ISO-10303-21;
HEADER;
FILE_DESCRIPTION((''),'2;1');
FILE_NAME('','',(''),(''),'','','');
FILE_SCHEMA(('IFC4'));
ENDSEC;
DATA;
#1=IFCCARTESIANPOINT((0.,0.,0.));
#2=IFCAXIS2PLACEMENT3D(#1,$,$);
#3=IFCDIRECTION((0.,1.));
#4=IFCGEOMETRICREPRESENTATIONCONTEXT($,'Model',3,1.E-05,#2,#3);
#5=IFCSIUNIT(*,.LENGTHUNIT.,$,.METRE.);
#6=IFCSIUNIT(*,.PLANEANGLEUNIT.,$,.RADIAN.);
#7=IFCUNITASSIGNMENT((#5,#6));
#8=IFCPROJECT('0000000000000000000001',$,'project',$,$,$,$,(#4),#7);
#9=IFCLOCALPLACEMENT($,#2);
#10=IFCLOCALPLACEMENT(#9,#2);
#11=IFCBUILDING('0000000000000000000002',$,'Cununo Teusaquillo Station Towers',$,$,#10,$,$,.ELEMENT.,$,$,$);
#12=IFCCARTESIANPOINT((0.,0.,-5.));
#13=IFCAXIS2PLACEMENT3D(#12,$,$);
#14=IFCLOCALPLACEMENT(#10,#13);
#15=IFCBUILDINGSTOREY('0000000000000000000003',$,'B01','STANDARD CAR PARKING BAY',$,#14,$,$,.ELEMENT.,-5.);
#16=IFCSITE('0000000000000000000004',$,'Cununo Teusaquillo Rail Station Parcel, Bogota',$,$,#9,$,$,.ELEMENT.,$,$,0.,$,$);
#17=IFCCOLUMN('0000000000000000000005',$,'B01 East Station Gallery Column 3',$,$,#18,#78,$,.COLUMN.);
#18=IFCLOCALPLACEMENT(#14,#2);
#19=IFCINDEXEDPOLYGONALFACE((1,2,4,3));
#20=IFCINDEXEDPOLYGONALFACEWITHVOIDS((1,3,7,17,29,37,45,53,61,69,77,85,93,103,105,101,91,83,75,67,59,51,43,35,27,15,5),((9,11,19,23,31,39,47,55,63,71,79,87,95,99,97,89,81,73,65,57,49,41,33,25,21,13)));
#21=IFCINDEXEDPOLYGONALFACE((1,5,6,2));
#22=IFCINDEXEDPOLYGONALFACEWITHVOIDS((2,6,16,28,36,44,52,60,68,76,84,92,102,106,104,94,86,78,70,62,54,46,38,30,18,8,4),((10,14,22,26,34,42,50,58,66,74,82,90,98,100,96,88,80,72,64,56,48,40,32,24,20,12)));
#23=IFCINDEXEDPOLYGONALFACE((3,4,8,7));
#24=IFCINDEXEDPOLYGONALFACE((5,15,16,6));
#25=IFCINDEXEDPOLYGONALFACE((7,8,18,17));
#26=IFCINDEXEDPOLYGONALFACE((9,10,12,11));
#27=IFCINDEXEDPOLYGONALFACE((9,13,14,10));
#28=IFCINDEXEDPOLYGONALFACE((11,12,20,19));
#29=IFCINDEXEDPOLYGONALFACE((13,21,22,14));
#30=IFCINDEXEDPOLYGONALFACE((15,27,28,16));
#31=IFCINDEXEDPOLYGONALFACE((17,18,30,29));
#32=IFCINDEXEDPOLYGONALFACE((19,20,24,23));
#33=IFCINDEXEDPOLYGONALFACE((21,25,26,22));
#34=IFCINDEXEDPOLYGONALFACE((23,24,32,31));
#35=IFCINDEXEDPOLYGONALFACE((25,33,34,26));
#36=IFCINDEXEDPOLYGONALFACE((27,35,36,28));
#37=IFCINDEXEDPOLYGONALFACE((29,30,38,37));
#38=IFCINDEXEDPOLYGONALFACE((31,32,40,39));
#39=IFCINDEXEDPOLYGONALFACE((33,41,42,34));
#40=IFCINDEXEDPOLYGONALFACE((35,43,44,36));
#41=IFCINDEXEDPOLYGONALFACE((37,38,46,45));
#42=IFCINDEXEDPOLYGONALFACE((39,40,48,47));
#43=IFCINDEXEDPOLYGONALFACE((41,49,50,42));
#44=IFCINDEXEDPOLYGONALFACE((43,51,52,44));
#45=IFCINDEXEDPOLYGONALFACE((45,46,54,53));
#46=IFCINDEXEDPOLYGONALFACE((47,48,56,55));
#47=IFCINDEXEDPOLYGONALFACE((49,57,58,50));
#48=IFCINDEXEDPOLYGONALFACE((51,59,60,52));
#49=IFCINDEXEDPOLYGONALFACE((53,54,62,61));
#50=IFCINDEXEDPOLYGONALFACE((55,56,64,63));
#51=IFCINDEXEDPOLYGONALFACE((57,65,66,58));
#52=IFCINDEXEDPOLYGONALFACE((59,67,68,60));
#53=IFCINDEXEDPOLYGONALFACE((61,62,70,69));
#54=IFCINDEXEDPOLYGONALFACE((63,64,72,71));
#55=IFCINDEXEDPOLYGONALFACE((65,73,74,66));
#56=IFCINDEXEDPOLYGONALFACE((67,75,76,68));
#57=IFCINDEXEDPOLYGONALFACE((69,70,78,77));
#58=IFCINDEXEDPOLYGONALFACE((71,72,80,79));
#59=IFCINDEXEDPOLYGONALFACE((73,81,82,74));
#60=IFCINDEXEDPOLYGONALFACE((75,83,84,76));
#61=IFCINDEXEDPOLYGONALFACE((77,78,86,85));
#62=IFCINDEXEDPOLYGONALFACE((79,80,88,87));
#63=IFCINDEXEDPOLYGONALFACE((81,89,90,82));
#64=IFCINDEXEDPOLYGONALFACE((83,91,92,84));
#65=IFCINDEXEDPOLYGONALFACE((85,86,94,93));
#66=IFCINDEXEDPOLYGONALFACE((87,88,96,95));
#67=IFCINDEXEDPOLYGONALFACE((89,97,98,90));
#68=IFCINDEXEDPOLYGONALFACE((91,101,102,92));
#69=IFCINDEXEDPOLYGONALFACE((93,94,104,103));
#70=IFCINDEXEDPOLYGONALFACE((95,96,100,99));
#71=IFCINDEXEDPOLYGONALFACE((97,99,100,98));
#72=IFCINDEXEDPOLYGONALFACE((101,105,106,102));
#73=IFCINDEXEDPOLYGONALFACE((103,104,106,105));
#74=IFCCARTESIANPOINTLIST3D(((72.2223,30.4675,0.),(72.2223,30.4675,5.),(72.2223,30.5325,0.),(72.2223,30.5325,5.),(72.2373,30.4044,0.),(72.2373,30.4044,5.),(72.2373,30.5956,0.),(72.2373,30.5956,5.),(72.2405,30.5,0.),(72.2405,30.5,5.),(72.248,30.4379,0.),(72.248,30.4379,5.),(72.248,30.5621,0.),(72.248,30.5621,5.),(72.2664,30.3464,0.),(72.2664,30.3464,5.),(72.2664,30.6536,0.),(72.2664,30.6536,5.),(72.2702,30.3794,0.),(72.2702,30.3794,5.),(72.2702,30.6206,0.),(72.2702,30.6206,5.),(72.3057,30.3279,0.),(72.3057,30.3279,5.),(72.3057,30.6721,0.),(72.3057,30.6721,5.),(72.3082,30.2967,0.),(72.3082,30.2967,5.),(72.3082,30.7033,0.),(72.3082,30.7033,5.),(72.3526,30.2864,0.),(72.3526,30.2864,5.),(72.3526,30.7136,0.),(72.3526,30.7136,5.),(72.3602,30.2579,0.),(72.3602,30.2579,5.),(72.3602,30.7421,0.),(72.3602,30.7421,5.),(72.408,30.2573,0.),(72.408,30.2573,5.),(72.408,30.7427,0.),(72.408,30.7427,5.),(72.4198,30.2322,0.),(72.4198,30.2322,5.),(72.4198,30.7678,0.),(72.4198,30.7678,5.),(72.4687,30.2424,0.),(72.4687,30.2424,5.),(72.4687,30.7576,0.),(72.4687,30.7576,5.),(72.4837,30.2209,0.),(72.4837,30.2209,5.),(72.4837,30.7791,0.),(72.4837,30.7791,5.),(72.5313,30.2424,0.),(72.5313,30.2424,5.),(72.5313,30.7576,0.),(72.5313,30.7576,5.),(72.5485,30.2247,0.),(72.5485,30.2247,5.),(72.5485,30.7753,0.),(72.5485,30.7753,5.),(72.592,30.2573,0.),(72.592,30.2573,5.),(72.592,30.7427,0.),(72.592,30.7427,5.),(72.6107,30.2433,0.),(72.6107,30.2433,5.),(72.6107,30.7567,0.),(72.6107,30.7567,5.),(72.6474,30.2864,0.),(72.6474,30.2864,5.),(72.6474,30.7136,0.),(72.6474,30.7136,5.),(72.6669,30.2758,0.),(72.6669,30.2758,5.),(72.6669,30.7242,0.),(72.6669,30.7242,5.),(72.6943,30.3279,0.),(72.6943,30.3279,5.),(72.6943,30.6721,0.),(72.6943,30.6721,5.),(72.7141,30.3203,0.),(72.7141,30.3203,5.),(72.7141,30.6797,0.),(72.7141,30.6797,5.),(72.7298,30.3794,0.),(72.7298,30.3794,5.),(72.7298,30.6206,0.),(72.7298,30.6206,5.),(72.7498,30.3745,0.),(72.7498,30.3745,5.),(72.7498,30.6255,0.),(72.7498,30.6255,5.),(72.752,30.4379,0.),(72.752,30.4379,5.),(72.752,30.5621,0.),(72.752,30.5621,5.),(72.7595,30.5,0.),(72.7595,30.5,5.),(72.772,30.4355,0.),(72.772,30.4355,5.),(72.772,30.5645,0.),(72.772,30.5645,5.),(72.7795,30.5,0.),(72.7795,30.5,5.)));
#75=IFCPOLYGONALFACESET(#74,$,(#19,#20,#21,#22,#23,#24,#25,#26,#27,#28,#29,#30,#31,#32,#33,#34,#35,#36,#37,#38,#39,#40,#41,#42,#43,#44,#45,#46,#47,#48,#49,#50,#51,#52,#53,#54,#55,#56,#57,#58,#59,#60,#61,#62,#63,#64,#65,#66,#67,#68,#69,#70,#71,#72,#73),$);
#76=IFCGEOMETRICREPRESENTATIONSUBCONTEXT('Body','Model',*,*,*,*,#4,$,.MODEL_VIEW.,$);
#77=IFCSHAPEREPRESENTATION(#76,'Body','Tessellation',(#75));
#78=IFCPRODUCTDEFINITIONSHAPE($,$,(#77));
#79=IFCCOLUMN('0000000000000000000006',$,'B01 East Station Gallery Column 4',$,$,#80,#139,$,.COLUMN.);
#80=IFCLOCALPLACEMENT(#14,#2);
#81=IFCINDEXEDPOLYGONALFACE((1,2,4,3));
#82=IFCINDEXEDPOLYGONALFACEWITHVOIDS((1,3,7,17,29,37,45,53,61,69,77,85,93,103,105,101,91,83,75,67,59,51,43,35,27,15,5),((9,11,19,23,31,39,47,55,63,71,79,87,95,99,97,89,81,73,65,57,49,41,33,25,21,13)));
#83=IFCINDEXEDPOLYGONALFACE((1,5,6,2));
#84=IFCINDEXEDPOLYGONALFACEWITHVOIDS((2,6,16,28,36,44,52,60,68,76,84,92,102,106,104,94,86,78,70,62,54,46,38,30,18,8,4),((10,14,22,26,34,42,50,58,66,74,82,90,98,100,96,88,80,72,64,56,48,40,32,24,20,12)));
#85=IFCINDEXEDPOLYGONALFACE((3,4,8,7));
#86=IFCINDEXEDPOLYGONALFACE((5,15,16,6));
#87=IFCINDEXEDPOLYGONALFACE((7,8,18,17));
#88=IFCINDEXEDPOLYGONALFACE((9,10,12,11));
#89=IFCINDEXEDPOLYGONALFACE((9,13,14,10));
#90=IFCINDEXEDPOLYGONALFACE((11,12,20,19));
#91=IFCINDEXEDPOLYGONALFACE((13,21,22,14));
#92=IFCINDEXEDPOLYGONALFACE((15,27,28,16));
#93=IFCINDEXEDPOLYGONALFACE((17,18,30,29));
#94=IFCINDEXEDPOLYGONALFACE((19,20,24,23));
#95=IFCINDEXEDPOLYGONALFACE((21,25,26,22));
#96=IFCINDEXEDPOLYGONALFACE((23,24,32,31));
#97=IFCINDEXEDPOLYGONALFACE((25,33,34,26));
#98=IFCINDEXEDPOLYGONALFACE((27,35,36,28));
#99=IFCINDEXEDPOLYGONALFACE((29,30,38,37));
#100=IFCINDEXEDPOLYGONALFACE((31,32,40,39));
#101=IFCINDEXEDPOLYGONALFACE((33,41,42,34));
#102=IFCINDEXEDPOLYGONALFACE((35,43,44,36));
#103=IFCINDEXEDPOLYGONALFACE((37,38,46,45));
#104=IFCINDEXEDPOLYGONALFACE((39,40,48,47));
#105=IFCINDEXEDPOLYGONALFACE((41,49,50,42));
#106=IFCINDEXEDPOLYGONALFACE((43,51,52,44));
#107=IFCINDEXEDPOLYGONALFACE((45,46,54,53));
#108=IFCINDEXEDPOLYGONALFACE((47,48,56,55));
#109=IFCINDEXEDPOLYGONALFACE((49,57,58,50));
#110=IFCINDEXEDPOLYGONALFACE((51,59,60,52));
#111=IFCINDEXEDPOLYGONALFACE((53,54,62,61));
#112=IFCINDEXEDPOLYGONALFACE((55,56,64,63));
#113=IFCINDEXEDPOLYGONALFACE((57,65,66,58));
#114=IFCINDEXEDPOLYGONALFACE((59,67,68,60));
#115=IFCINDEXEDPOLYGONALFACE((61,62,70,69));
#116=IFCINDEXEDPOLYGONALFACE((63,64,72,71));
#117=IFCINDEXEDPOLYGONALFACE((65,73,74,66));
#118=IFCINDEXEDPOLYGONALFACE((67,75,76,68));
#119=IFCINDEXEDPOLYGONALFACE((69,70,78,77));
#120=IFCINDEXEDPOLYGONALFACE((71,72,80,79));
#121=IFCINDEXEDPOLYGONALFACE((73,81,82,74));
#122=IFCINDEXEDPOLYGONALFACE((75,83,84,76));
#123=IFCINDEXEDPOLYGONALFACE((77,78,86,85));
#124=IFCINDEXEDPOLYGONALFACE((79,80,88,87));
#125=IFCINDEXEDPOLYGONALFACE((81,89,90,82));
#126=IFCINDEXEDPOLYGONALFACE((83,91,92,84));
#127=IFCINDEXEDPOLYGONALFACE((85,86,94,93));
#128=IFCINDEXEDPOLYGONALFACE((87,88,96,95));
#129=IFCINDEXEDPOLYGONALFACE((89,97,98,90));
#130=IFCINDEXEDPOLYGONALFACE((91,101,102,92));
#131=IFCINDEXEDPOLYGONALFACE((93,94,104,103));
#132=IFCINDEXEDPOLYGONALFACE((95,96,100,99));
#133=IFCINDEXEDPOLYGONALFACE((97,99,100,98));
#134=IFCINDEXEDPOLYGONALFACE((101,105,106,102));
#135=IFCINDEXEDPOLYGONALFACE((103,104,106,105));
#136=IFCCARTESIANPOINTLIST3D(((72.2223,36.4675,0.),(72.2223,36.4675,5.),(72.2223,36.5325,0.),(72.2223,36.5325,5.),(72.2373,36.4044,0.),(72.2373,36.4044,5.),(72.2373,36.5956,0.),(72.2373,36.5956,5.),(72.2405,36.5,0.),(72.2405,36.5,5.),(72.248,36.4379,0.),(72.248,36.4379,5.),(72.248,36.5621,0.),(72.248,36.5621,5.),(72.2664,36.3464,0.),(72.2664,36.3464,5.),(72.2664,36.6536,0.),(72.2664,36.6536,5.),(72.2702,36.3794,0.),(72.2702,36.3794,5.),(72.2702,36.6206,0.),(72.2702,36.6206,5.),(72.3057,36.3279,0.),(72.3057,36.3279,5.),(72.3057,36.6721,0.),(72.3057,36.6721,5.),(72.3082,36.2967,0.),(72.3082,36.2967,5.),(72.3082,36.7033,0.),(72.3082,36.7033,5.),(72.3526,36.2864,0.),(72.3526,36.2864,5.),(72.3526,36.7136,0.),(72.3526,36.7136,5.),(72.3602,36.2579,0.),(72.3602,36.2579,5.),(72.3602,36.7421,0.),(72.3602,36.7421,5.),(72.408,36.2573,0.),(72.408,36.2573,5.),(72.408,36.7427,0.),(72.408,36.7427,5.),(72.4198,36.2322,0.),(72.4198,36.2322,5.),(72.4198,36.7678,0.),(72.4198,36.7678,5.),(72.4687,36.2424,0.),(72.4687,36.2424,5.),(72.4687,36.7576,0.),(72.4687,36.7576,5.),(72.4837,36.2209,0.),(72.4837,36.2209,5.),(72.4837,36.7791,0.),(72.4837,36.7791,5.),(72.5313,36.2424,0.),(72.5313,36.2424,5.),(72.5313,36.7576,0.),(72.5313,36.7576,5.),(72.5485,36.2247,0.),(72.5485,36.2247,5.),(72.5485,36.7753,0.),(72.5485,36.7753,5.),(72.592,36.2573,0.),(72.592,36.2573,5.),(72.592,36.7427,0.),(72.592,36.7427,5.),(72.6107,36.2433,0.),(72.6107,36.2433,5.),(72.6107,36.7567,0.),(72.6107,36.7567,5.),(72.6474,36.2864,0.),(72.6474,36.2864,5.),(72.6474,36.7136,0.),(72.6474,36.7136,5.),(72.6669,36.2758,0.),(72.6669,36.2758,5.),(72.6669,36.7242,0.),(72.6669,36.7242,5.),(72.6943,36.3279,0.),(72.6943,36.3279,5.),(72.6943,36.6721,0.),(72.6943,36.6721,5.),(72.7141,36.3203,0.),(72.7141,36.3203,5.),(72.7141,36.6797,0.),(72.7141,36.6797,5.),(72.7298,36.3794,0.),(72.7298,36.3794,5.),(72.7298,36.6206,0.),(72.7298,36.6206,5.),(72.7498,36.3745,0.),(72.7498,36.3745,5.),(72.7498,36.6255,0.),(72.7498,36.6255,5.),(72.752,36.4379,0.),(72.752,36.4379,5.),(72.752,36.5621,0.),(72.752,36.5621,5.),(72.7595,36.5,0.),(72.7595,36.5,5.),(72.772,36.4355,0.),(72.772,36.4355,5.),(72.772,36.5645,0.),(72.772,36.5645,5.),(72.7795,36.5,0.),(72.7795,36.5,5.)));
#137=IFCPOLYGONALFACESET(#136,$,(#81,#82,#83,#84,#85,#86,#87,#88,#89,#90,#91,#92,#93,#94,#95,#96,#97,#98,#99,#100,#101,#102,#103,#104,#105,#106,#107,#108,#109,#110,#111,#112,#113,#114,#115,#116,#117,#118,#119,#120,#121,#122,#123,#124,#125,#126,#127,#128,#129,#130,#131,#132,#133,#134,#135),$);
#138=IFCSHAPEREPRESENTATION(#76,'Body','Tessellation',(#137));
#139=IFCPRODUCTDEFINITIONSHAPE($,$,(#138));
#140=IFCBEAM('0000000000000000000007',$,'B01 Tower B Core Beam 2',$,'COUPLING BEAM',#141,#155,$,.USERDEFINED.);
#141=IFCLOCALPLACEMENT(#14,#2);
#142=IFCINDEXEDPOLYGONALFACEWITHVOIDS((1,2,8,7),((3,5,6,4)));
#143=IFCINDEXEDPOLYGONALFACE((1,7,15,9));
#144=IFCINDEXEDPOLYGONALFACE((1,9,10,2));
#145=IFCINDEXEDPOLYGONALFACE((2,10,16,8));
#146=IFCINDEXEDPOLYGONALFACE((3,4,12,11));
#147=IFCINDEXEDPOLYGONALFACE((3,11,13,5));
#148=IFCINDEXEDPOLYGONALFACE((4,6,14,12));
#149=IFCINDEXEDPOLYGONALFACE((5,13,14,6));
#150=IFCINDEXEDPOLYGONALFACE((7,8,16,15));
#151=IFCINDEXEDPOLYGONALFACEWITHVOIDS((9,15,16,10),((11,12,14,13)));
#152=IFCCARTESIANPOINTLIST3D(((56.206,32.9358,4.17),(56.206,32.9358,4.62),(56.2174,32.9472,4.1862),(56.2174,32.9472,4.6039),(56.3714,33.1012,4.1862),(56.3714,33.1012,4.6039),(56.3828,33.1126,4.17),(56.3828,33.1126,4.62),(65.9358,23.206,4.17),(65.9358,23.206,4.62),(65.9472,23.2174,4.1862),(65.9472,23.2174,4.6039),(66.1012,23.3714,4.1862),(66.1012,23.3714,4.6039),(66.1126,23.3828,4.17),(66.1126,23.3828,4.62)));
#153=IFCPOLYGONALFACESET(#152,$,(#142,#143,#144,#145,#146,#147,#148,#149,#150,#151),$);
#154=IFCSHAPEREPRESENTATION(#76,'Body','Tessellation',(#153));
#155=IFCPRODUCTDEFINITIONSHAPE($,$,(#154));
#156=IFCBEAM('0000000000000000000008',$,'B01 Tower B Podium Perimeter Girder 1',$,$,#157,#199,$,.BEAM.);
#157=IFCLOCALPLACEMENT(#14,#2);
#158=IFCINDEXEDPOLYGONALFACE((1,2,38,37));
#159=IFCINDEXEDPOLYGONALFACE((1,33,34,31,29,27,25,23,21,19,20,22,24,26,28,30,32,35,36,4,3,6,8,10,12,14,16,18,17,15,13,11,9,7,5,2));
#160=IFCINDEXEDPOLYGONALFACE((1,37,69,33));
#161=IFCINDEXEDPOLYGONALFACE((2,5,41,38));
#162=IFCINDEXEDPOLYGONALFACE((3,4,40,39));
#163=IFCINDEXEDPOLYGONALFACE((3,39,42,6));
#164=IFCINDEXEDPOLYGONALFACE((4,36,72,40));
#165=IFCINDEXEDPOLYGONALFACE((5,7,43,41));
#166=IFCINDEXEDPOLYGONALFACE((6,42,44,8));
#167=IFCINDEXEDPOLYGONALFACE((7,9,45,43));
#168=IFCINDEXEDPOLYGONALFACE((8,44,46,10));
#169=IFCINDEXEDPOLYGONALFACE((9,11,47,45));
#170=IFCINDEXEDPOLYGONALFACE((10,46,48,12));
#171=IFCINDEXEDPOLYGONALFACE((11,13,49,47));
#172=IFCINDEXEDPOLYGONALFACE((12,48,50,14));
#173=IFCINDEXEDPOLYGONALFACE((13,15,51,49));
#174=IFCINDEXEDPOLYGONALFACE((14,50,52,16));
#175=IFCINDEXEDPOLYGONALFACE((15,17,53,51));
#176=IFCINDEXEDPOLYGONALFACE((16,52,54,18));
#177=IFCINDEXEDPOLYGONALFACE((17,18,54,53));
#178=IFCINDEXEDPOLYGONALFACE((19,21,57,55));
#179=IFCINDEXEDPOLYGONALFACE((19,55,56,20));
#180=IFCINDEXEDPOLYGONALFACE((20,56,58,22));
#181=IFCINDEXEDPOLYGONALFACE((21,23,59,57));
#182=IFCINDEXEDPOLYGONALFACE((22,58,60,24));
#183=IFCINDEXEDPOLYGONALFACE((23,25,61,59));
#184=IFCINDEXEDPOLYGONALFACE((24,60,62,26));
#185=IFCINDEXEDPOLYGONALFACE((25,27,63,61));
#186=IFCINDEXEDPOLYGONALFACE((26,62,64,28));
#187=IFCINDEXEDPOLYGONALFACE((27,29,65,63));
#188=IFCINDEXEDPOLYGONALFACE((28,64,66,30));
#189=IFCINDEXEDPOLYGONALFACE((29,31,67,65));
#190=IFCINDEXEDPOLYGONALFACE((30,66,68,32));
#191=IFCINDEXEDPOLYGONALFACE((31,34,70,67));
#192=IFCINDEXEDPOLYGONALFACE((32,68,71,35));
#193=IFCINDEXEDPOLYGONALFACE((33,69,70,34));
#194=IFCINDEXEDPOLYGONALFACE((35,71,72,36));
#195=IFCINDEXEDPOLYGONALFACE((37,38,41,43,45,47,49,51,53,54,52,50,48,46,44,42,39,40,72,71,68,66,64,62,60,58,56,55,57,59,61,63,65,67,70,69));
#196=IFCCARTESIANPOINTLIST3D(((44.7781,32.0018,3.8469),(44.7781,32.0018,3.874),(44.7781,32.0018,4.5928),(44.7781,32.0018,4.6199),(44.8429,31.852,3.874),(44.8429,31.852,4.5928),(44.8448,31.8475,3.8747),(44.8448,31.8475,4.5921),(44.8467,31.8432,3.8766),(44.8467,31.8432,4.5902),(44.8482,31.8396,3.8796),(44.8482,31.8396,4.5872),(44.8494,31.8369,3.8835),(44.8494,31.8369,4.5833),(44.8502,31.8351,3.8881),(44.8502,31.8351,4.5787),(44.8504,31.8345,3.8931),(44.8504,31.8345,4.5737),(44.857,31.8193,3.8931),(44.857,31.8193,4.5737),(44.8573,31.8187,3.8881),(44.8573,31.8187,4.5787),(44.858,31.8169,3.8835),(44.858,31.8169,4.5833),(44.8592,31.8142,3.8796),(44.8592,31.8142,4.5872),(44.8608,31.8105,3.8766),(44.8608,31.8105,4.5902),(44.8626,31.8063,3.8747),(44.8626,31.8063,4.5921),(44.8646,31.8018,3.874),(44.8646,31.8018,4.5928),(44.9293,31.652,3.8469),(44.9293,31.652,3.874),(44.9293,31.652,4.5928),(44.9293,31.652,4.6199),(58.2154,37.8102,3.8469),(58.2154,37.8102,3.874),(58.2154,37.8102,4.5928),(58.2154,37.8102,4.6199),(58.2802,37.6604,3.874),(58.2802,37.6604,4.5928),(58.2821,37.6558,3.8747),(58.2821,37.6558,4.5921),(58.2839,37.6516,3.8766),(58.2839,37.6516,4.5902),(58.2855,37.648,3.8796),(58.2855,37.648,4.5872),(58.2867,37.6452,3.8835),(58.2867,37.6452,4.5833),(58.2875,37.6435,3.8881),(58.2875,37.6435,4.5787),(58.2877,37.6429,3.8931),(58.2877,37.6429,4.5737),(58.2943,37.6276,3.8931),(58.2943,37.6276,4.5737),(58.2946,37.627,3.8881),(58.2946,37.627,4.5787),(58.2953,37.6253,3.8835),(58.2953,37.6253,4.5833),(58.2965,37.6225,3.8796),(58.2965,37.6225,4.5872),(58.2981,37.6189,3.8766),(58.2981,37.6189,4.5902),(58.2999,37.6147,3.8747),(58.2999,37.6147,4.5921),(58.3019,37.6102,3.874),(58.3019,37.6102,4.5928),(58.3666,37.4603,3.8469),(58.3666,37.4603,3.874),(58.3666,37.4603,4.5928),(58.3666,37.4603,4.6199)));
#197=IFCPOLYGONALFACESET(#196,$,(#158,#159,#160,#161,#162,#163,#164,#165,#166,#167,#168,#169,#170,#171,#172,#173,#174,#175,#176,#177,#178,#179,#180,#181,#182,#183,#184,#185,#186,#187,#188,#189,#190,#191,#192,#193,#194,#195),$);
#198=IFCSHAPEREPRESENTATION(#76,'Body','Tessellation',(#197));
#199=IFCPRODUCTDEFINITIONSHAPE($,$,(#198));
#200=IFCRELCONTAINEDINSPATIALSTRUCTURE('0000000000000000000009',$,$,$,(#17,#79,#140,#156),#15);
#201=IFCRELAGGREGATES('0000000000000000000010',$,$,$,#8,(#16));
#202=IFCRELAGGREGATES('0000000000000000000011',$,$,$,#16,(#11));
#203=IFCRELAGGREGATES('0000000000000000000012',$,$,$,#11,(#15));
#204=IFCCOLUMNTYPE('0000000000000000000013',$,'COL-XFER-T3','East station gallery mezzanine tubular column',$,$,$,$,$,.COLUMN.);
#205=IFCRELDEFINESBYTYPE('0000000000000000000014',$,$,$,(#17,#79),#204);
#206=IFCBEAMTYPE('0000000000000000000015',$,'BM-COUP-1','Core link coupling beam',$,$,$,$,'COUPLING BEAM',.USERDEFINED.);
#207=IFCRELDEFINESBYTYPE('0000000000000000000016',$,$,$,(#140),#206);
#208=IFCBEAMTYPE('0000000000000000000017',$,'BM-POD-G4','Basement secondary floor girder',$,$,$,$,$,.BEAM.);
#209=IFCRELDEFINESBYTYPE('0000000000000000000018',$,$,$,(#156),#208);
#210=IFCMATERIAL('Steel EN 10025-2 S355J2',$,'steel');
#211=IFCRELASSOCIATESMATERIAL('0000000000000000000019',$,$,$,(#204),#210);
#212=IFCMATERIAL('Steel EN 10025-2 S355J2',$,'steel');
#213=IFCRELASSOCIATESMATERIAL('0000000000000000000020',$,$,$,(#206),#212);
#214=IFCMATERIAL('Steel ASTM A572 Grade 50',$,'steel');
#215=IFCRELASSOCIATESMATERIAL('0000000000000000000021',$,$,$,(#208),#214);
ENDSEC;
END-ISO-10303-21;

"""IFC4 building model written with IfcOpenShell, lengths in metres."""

from ifc_helpers import new_model, si_unit, direction, frame, origin, origin_2d, place, context, subcontext, project, spatial, hollow_rectangle, hollow_circle, i_section, extrude, material, material_profile, profile_set, type_object, element, save


model = new_model("IFC4")

# Units and contexts
model_context = context("Model", 3, precision=1e-05, world=origin(), true_north=direction((0.0, 1.0)))
body_context = subcontext(model_context, "Body", "Model", "MODEL_VIEW")
ifc_project = project(units=[si_unit("LENGTHUNIT", "METRE"), si_unit("PLANEANGLEUNIT", "RADIAN")], contexts=[model_context])

# Site, building, storey
site_placement = place(None, origin())
site = spatial("IfcSite", under=ifc_project, at=site_placement, Name="Cununo Teusaquillo Rail Station Parcel, Bogota", CompositionType="ELEMENT", RefElevation=0.0)
building_placement = place(site_placement, origin())
building = spatial("IfcBuilding", under=site, at=building_placement, Name="Cununo Teusaquillo Station Towers", CompositionType="ELEMENT")
storey_placement = place(building_placement, frame((0.0, 0.0, -5.0)))
storey = spatial("IfcBuildingStorey", under=building, at=storey_placement, Name="B01", Description="STANDARD CAR PARKING BAY", CompositionType="ELEMENT", Elevation=-5.0)

# Columns
ifc_material_1 = material(Name="Steel EN 10025-2 S355J2", Category="steel")
ifc_material_profile_1 = material_profile(ifc_material_1, hollow_circle(Radius=0.2795, WallThickness=0.02, at=origin_2d()), Name="CHS 559x20")
ifc_profile_set_1 = profile_set([ifc_material_profile_1], Name="Steel EN 10025-2 S355J2")
column_type_1 = type_object("IfcColumnType", Name="COL-XFER-T3", Description="East station gallery mezzanine tubular column", PredefinedType="COLUMN", material=ifc_profile_set_1)
for number, where, z_axis, x_axis, name in (
    (1, (72.5, 30.5, 0.0), (0.0, 0.0, 1.0), (1.0, 0.0, 0.0), "B01 East Station Gallery Column 3"),
    (2, (72.5, 36.5, 0.0), (0.0, 0.0, 1.0), (1.0, 0.0, 0.0), "B01 East Station Gallery Column 4"),
):
    element("IfcColumn", number, at=place(storey_placement, frame(where, z_axis=z_axis, x_axis=x_axis)), inside=storey, type_object=column_type_1, Name=name, PredefinedType="COLUMN", context=body_context, shape_type="SweptSolid", body=[
        extrude(hollow_circle(Radius=0.2795, WallThickness=0.02, at=origin_2d()), origin(), (0.0, 0.0, 1.0), 5.0),
    ])

# Beams
ifc_material_2 = material(Name="Steel EN 10025-2 S355J2", Category="steel")
ifc_material_profile_2 = material_profile(ifc_material_2, hollow_rectangle(XDim=0.25, YDim=0.45, WallThickness=0.0161, at=origin_2d()), Name="RHS 450x250x16")
ifc_profile_set_2 = profile_set([ifc_material_profile_2], Name="Steel EN 10025-2 S355J2")
beam_type_1 = type_object("IfcBeamType", Name="BM-COUP-1", Description="Core link coupling beam", ElementType="COUPLING BEAM", PredefinedType="USERDEFINED", material=ifc_profile_set_2)
beam_1_placement = place(storey_placement, frame((66.0242, 23.2944, 4.395), z_axis=(-0.707107, 0.707107, 0.0), x_axis=(-0.707107, -0.707107, 0.0)))
element("IfcBeam", 3, at=beam_1_placement, inside=storey, type_object=beam_type_1, Name="B01 Tower B Core Beam 2", ObjectType="COUPLING BEAM", PredefinedType="USERDEFINED", context=body_context, shape_type="SweptSolid", body=[
    extrude(hollow_rectangle(XDim=0.25, YDim=0.45, WallThickness=0.0161, at=origin_2d()), origin(), (0.0, 0.0, 1.0), 13.76),
])
ifc_material_3 = material(Name="Steel ASTM A572 Grade 50", Category="steel")
ifc_material_profile_3 = material_profile(ifc_material_3, i_section(OverallWidth=0.3811, OverallDepth=0.7729, WebThickness=0.0166, FlangeThickness=0.0271, FilletRadius=0.019, at=origin_2d()), Name="W30X173")
ifc_profile_set_3 = profile_set([ifc_material_profile_3], Name="Steel ASTM A572 Grade 50")
beam_type_2 = type_object("IfcBeamType", Name="BM-POD-G4", Description="Basement secondary floor girder", PredefinedType="BEAM", material=ifc_profile_set_3)
beam_2_placement = place(storey_placement, frame((58.291, 37.6353, 4.2334), z_axis=(-0.917916, -0.396776, 0.0), x_axis=(0.396776, -0.917916, 0.0)))
element("IfcBeam", 4, at=beam_2_placement, inside=storey, type_object=beam_type_2, Name="B01 Tower B Podium Perimeter Girder 1", PredefinedType="BEAM", context=body_context, shape_type="SweptSolid", body=[
    extrude(i_section(OverallWidth=0.3811, OverallDepth=0.7729, WebThickness=0.0166, FlangeThickness=0.0271, FilletRadius=0.019, at=origin_2d()), origin(), (0.0, 0.0, 1.0), 14.6389),
])

save(model, "model.ifc")
